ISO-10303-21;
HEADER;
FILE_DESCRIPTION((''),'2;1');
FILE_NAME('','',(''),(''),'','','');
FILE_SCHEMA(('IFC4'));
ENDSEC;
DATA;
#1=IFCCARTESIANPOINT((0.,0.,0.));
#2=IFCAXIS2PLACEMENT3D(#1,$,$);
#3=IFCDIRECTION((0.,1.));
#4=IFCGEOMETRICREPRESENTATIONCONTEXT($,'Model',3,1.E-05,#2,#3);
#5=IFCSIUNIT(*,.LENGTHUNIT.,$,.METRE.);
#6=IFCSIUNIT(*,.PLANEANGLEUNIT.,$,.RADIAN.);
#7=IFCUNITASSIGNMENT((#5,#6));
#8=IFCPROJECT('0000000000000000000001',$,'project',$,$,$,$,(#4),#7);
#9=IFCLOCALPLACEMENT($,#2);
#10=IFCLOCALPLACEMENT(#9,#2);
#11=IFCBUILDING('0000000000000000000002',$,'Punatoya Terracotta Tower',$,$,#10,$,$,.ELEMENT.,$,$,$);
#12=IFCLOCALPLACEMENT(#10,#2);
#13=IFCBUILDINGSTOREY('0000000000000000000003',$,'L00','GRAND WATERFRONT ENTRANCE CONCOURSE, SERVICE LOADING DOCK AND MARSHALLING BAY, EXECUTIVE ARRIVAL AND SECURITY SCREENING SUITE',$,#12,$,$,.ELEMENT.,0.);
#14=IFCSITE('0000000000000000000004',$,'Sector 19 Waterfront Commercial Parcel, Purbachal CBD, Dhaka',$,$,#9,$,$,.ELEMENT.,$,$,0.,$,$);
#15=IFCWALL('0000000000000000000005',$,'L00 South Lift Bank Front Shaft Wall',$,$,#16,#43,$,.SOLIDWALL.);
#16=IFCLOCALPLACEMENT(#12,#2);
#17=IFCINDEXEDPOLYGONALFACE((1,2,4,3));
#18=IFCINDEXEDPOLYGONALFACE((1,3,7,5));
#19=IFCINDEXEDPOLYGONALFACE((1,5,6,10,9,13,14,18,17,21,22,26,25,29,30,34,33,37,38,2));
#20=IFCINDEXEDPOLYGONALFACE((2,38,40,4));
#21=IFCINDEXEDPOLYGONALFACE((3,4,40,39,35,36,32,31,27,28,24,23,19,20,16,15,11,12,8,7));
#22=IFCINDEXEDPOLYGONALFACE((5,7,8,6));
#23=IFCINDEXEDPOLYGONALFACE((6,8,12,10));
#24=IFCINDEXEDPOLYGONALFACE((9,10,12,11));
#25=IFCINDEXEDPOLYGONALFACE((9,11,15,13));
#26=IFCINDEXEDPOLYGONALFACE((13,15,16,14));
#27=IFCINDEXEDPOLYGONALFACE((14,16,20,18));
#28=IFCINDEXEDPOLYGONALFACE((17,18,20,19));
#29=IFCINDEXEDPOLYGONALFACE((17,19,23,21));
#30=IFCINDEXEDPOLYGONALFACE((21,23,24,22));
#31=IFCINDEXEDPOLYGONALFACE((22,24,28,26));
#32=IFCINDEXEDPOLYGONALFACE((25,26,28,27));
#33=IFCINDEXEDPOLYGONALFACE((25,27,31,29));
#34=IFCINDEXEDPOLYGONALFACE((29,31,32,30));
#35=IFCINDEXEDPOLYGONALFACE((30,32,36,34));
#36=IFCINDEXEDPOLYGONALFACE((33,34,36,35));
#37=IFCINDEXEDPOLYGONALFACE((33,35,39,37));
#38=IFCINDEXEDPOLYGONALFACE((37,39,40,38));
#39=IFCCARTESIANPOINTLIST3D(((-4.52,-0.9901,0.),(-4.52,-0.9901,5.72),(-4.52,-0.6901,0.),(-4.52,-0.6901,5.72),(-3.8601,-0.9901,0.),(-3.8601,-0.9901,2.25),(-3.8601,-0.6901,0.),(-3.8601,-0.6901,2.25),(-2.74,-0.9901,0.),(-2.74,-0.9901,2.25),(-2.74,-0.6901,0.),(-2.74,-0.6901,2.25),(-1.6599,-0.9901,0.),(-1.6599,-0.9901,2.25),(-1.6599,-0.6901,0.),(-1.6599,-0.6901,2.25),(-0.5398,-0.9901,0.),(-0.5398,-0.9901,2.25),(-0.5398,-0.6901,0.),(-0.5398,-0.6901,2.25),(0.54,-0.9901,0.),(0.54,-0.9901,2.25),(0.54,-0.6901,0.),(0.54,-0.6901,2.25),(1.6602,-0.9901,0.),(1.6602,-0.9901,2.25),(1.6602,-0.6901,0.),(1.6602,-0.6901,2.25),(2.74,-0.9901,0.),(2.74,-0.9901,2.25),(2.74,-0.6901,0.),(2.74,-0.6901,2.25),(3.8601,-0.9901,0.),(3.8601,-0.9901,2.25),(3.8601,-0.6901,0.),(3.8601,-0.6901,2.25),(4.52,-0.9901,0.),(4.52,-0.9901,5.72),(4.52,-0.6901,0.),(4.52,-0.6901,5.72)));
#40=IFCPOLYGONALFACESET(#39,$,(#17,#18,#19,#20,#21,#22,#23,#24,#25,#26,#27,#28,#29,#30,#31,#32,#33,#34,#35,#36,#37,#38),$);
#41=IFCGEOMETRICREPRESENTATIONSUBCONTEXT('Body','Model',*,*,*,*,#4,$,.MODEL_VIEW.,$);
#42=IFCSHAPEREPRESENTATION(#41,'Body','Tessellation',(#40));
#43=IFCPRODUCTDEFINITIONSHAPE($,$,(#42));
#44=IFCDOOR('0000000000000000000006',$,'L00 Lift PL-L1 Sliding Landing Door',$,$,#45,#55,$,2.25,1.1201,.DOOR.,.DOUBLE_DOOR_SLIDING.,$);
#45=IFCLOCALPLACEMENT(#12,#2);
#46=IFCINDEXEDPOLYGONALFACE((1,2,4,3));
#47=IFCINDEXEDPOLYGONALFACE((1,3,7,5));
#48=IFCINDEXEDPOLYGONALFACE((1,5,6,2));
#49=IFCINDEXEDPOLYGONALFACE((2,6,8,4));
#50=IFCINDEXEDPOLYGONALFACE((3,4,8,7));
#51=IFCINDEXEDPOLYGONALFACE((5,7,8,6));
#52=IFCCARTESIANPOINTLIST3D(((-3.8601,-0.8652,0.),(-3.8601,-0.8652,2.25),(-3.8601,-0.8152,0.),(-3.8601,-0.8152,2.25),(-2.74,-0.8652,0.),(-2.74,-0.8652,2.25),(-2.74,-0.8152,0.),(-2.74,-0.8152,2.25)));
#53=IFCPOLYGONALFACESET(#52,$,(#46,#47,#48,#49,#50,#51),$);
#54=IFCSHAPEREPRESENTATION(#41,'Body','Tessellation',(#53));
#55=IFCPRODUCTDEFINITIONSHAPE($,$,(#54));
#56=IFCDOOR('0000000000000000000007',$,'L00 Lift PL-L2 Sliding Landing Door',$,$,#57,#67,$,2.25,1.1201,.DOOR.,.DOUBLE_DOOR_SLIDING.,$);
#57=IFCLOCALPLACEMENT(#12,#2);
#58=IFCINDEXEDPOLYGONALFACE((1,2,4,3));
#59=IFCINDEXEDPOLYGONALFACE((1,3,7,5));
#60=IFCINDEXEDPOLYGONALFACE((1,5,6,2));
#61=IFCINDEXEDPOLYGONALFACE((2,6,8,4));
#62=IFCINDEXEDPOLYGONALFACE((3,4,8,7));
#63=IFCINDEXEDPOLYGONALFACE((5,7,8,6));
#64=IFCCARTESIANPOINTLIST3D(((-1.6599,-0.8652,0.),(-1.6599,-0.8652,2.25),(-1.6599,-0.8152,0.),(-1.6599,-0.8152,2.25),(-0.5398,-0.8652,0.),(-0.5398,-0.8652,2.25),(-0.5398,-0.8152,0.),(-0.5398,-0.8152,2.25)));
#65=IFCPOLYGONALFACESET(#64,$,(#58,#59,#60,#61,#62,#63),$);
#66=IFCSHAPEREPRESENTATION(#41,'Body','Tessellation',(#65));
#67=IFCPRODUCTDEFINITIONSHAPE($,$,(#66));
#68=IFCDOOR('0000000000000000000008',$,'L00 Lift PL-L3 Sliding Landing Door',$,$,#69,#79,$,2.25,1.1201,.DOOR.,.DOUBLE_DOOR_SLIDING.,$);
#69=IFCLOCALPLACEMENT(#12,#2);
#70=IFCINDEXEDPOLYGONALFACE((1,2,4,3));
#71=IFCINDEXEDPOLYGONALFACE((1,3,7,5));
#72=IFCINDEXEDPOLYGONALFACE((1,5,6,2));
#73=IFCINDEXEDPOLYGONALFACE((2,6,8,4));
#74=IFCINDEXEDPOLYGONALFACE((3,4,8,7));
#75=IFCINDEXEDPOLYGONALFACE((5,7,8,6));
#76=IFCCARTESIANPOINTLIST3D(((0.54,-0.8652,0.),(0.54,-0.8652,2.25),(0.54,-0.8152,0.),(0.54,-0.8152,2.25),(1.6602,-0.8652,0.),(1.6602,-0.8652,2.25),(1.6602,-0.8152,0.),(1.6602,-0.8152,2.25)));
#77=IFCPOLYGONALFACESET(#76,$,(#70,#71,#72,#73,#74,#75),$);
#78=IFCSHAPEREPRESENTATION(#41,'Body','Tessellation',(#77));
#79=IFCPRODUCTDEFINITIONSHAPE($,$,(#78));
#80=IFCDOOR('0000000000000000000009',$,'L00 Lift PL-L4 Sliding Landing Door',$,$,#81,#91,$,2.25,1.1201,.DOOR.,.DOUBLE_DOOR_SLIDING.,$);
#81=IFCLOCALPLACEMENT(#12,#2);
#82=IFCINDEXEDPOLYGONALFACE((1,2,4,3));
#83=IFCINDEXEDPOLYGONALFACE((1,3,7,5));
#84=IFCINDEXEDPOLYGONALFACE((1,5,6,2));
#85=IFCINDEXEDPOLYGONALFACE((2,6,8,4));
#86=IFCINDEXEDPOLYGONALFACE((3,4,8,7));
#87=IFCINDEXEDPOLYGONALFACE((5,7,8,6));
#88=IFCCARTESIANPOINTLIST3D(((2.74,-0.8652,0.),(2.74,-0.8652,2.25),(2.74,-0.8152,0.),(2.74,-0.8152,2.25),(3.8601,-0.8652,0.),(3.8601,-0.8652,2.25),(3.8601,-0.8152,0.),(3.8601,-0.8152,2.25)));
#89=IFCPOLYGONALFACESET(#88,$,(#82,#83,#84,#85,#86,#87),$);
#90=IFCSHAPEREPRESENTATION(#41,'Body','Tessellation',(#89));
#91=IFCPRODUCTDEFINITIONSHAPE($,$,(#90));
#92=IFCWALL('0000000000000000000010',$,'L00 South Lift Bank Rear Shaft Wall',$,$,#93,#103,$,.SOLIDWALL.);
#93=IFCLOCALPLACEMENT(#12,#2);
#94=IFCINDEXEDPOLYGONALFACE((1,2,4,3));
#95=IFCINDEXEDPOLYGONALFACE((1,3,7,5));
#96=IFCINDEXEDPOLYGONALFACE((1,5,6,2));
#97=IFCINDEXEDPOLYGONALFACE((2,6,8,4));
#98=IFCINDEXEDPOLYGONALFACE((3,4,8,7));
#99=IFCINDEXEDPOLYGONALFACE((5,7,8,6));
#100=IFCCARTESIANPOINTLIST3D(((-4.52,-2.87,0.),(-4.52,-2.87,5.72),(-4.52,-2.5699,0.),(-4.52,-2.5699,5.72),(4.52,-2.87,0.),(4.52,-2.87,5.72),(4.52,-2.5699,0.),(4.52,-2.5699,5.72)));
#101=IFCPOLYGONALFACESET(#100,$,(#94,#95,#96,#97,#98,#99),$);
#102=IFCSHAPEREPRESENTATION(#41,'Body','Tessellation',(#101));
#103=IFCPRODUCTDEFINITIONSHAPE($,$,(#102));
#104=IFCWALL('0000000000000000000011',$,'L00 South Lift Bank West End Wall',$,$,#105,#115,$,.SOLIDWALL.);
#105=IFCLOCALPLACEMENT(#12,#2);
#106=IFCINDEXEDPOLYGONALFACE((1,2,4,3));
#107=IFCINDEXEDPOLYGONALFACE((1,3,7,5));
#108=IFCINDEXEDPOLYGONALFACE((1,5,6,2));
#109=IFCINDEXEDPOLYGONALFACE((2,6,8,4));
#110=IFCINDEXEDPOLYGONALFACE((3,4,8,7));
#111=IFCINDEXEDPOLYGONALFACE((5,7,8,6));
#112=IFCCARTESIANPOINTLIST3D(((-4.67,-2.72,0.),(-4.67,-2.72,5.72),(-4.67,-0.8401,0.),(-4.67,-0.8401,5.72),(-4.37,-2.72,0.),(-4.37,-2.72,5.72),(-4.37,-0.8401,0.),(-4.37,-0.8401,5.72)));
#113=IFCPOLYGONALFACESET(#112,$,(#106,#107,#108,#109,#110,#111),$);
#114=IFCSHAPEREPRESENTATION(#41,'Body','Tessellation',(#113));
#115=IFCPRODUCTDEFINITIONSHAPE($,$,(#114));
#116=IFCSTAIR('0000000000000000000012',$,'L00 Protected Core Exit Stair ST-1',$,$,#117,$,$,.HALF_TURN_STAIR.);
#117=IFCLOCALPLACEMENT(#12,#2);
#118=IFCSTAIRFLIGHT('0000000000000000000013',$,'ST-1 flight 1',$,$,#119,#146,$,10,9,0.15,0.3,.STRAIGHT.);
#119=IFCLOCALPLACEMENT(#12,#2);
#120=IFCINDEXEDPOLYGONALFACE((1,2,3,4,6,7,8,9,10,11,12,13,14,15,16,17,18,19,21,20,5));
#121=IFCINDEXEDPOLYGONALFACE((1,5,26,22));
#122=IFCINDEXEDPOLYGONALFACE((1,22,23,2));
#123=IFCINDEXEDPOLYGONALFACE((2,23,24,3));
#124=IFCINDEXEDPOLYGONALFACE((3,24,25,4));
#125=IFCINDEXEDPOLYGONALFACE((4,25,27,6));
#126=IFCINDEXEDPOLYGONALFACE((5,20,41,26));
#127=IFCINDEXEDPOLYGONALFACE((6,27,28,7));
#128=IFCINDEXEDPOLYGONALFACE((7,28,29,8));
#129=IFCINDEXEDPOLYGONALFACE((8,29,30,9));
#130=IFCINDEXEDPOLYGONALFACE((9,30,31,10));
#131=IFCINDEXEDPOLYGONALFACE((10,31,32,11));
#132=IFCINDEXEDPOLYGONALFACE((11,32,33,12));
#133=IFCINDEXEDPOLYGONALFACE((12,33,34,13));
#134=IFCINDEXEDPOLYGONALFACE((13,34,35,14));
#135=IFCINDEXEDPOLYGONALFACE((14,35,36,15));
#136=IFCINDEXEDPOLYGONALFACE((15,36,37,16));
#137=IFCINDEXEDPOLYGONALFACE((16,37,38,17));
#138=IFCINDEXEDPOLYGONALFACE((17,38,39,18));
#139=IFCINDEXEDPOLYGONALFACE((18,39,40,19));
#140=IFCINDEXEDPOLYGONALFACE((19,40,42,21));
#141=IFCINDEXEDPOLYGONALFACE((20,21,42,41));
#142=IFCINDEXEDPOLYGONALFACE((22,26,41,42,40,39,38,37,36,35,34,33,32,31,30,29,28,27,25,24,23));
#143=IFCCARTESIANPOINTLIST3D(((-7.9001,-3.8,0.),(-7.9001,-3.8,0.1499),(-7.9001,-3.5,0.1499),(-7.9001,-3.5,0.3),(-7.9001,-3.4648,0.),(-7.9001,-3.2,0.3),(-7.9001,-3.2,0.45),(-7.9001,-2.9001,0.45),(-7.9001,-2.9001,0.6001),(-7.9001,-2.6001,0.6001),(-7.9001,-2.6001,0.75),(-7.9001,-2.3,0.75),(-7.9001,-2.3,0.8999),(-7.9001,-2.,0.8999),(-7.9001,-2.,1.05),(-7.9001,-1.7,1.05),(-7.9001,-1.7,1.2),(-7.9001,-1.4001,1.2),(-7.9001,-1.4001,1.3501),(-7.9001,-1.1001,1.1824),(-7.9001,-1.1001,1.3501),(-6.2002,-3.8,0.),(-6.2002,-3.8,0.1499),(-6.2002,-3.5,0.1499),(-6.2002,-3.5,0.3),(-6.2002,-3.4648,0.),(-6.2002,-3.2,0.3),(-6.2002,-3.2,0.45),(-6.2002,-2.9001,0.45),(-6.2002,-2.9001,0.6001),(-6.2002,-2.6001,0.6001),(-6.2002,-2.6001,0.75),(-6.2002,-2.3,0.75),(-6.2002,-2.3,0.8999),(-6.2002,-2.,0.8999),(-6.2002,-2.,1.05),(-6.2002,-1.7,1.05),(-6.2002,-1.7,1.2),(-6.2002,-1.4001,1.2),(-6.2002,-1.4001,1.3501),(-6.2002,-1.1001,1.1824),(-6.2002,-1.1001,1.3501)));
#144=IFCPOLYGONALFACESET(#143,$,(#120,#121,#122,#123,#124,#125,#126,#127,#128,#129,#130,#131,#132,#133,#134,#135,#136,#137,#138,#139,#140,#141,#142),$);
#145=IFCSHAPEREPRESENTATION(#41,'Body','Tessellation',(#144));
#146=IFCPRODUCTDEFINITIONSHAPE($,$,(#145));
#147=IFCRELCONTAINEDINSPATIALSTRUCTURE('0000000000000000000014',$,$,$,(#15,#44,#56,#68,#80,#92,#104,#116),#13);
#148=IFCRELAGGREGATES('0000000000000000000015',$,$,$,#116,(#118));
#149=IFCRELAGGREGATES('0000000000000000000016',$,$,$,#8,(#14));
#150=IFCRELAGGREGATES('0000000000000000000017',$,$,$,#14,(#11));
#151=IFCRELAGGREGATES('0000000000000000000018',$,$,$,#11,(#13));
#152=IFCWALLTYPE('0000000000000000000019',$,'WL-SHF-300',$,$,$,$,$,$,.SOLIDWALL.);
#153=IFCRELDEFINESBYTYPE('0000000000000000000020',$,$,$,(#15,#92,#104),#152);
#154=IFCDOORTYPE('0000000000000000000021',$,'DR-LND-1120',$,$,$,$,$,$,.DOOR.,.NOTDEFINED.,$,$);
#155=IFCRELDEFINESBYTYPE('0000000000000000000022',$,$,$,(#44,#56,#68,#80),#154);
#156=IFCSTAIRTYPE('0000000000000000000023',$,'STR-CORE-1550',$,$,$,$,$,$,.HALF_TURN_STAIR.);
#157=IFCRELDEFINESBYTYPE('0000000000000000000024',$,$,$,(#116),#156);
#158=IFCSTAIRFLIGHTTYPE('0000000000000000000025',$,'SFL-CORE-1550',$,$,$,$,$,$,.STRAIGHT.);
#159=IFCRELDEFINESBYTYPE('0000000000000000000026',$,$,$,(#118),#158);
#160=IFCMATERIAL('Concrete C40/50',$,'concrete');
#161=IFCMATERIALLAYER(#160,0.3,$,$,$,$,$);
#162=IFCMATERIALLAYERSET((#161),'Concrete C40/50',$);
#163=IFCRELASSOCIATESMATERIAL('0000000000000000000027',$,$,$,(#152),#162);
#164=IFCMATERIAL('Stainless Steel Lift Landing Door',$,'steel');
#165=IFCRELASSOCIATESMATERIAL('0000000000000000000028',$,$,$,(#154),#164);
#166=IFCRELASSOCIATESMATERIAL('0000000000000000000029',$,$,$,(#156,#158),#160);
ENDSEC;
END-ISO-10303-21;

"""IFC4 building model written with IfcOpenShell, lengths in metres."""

from ifc_helpers import new_model, si_unit, direction, frame, frame_2d, origin, place, context, subcontext, project, spatial, polyline, rectangle, outline, extrude, material, layer, layer_set, type_object, element, fill, aggregate, save


model = new_model("IFC4")

# Units and contexts
model_context = context("Model", 3, precision=1e-05, world=origin(), true_north=direction((0.0, 1.0)))
body_context = subcontext(model_context, "Body", "Model", "MODEL_VIEW")
ifc_project = project(units=[si_unit("LENGTHUNIT", "METRE"), si_unit("PLANEANGLEUNIT", "RADIAN")], contexts=[model_context])

# Site, building, storey
site_placement = place(None, origin())
site = spatial("IfcSite", under=ifc_project, at=site_placement, Name="Sector 19 Waterfront Commercial Parcel, Purbachal CBD, Dhaka", CompositionType="ELEMENT", RefElevation=0.0)
building_placement = place(site_placement, origin())
building = spatial("IfcBuilding", under=site, at=building_placement, Name="Punatoya Terracotta Tower", CompositionType="ELEMENT")
storey_placement = place(building_placement, origin())
storey = spatial("IfcBuildingStorey", under=building, at=storey_placement, Name="L00", Description="GRAND WATERFRONT ENTRANCE CONCOURSE, SERVICE LOADING DOCK AND MARSHALLING BAY, EXECUTIVE ARRIVAL AND SECURITY SCREENING SUITE", CompositionType="ELEMENT", Elevation=0.0)

# Shared definitions
ifc_material_1 = material(Name="Concrete C40/50", Category="concrete")

# Shared definitions
ifc_layer_1 = layer(ifc_material_1, 0.3)
ifc_layer_set_1 = layer_set([ifc_layer_1], Name="Concrete C40/50")
wall_type_1 = type_object("IfcWallType", Name="WL-SHF-300", PredefinedType="SOLIDWALL", material=ifc_layer_set_1)

# Wall, openings, doors
wall_1_placement = place(storey_placement, frame((-4.52, -0.8401, 0.0), z_axis=(0.0, 0.0, 1.0), x_axis=(1.0, 0.0, 0.0)))
wall_1 = element("IfcWall", 1, at=wall_1_placement, inside=storey, type_object=wall_type_1, Name="L00 South Lift Bank Front Shaft Wall", PredefinedType="SOLIDWALL", context=body_context, shape_type="SweptSolid", body=[
    extrude(rectangle(XDim=9.04, YDim=0.3, at=frame_2d((4.52, 0.0))), origin(), (0.0, 0.0, 1.0), 5.72),
])
opening_1_placement = place(wall_1_placement, frame((0.6599, 0.0, 0.0)))
opening_1 = element("IfcOpeningElement", 2, at=opening_1_placement, cuts=wall_1, PredefinedType="OPENING", context=body_context, shape_type="SweptSolid", body=[
    extrude(rectangle(XDim=1.1201, YDim=2.25, at=frame_2d((0.5601, 1.125))), frame((0.0, 0.1599, 0.0), z_axis=(0.0, -1.0, 0.0), x_axis=(1.0, 0.0, 0.0)), (0.0, 0.0, 1.0), 0.3201),
])
opening_2_placement = place(wall_1_placement, frame((2.8601, 0.0, 0.0)))
opening_2 = element("IfcOpeningElement", 3, at=opening_2_placement, cuts=wall_1, PredefinedType="OPENING", context=body_context, shape_type="SweptSolid", body=[
    extrude(rectangle(XDim=1.1201, YDim=2.25, at=frame_2d((0.5601, 1.125))), frame((0.0, 0.1599, 0.0), z_axis=(0.0, -1.0, 0.0), x_axis=(1.0, 0.0, 0.0)), (0.0, 0.0, 1.0), 0.3201),
])
opening_3_placement = place(wall_1_placement, frame((5.0601, 0.0, 0.0)))
opening_3 = element("IfcOpeningElement", 4, at=opening_3_placement, cuts=wall_1, PredefinedType="OPENING", context=body_context, shape_type="SweptSolid", body=[
    extrude(rectangle(XDim=1.1201, YDim=2.25, at=frame_2d((0.5601, 1.125))), frame((0.0, 0.1599, 0.0), z_axis=(0.0, -1.0, 0.0), x_axis=(1.0, 0.0, 0.0)), (0.0, 0.0, 1.0), 0.3201),
])
opening_4_placement = place(wall_1_placement, frame((7.26, 0.0, 0.0)))
opening_4 = element("IfcOpeningElement", 5, at=opening_4_placement, cuts=wall_1, PredefinedType="OPENING", context=body_context, shape_type="SweptSolid", body=[
    extrude(rectangle(XDim=1.1201, YDim=2.25, at=frame_2d((0.5601, 1.125))), frame((0.0, 0.1599, 0.0), z_axis=(0.0, -1.0, 0.0), x_axis=(1.0, 0.0, 0.0)), (0.0, 0.0, 1.0), 0.3201),
])
ifc_material_2 = material(Name="Stainless Steel Lift Landing Door", Category="steel")
door_type_1 = type_object("IfcDoorType", Name="DR-LND-1120", OperationType="NOTDEFINED", PredefinedType="DOOR", material=ifc_material_2)
door_1_placement = place(opening_1_placement, origin())
door_1 = element("IfcDoor", 6, at=door_1_placement, inside=storey, type_object=door_type_1, Name="L00 Lift PL-L1 Sliding Landing Door", OperationType="DOUBLE_DOOR_SLIDING", OverallHeight=2.25, OverallWidth=1.1201, PredefinedType="DOOR", context=body_context, shape_type="SweptSolid", body=[
    extrude(rectangle(XDim=1.1201, YDim=2.25, at=frame_2d((0.5601, 1.125))), frame((0.0, 0.0249, 0.0), z_axis=(0.0, -1.0, 0.0), x_axis=(1.0, 0.0, 0.0)), (0.0, 0.0, 1.0), 0.05),
])
fill(opening_1, door_1)
door_2_placement = place(opening_2_placement, origin())
door_2 = element("IfcDoor", 7, at=door_2_placement, inside=storey, type_object=door_type_1, Name="L00 Lift PL-L2 Sliding Landing Door", OperationType="DOUBLE_DOOR_SLIDING", OverallHeight=2.25, OverallWidth=1.1201, PredefinedType="DOOR", context=body_context, shape_type="SweptSolid", body=[
    extrude(rectangle(XDim=1.1201, YDim=2.25, at=frame_2d((0.5601, 1.125))), frame((0.0, 0.0249, 0.0), z_axis=(0.0, -1.0, 0.0), x_axis=(1.0, 0.0, 0.0)), (0.0, 0.0, 1.0), 0.05),
])
fill(opening_2, door_2)
door_3_placement = place(opening_3_placement, origin())
door_3 = element("IfcDoor", 8, at=door_3_placement, inside=storey, type_object=door_type_1, Name="L00 Lift PL-L3 Sliding Landing Door", OperationType="DOUBLE_DOOR_SLIDING", OverallHeight=2.25, OverallWidth=1.1201, PredefinedType="DOOR", context=body_context, shape_type="SweptSolid", body=[
    extrude(rectangle(XDim=1.1201, YDim=2.25, at=frame_2d((0.5601, 1.125))), frame((0.0, 0.0249, 0.0), z_axis=(0.0, -1.0, 0.0), x_axis=(1.0, 0.0, 0.0)), (0.0, 0.0, 1.0), 0.05),
])
fill(opening_3, door_3)
door_4_placement = place(opening_4_placement, origin())
door_4 = element("IfcDoor", 9, at=door_4_placement, inside=storey, type_object=door_type_1, Name="L00 Lift PL-L4 Sliding Landing Door", OperationType="DOUBLE_DOOR_SLIDING", OverallHeight=2.25, OverallWidth=1.1201, PredefinedType="DOOR", context=body_context, shape_type="SweptSolid", body=[
    extrude(rectangle(XDim=1.1201, YDim=2.25, at=frame_2d((0.5601, 1.125))), frame((0.0, 0.0249, 0.0), z_axis=(0.0, -1.0, 0.0), x_axis=(1.0, 0.0, 0.0)), (0.0, 0.0, 1.0), 0.05),
])
fill(opening_4, door_4)

# Walls
wall_2_placement = place(storey_placement, frame((-4.52, -2.72, 0.0), z_axis=(0.0, 0.0, 1.0), x_axis=(1.0, 0.0, 0.0)))
element("IfcWall", 10, at=wall_2_placement, inside=storey, type_object=wall_type_1, Name="L00 South Lift Bank Rear Shaft Wall", PredefinedType="SOLIDWALL", context=body_context, shape_type="SweptSolid", body=[
    extrude(rectangle(XDim=9.04, YDim=0.3, at=frame_2d((4.52, 0.0))), origin(), (0.0, 0.0, 1.0), 5.72),
])
wall_3_placement = place(storey_placement, frame((-4.52, -2.72, 0.0), z_axis=(0.0, 0.0, 1.0), x_axis=(0.0, 1.0, 0.0)))
element("IfcWall", 11, at=wall_3_placement, inside=storey, type_object=wall_type_1, Name="L00 South Lift Bank West End Wall", PredefinedType="SOLIDWALL", context=body_context, shape_type="SweptSolid", body=[
    extrude(rectangle(XDim=1.8799, YDim=0.3, at=frame_2d((0.9399, 0.0))), origin(), (0.0, 0.0, 1.0), 5.72),
])

# Stair, stair flight
stair_type = type_object("IfcStairType", Name="STR-CORE-1550", PredefinedType="HALF_TURN_STAIR", material=ifc_material_1)
stair_placement = place(storey_placement, origin())
stair = element("IfcStair", 12, at=stair_placement, inside=storey, type_object=stair_type, Name="L00 Protected Core Exit Stair ST-1", PredefinedType="HALF_TURN_STAIR")
stair_flight_type = type_object("IfcStairFlightType", Name="SFL-CORE-1550", PredefinedType="STRAIGHT", material=ifc_material_1)
stair_flight_1_placement = place(storey_placement, frame((-7.05, -3.8, 0.0), z_axis=(0.0, 0.0, 1.0), x_axis=(0.0, 1.0, 0.0)))
stair_flight_1 = element("IfcStairFlight", 13, at=stair_flight_1_placement, type_object=stair_flight_type, Name="ST-1 flight 1", NumberOfRisers=10, NumberOfTreads=9, PredefinedType="STRAIGHT", RiserHeight=0.15, TreadLength=0.3, context=body_context, shape_type="SweptSolid", body=[
    extrude(outline(polyline([(0.0, 0.0), (0.0, 0.1499), (0.3, 0.1499), (0.3, 0.3), (0.6001, 0.3), (0.6001, 0.45), (0.8999, 0.45), (0.8999, 0.6001), (1.2, 0.6001), (1.2, 0.75), (1.5, 0.75), (1.5, 0.8999), (1.8, 0.8999), (1.8, 1.05), (2.1001, 1.05), (2.1001, 1.2), (2.3999, 1.2), (2.3999, 1.3501), (2.7, 1.3501), (2.7, 1.5), (2.7, 1.1824), (0.3352, 0.0), (0.0, 0.0)])), frame((0.0, 0.8501, 0.0), z_axis=(0.0, -1.0, 0.0), x_axis=(1.0, 0.0, 0.0)), (0.0, 0.0, 1.0), 1.7),
])
aggregate(stair, [stair_flight_1])

save(model, "model.ifc")
